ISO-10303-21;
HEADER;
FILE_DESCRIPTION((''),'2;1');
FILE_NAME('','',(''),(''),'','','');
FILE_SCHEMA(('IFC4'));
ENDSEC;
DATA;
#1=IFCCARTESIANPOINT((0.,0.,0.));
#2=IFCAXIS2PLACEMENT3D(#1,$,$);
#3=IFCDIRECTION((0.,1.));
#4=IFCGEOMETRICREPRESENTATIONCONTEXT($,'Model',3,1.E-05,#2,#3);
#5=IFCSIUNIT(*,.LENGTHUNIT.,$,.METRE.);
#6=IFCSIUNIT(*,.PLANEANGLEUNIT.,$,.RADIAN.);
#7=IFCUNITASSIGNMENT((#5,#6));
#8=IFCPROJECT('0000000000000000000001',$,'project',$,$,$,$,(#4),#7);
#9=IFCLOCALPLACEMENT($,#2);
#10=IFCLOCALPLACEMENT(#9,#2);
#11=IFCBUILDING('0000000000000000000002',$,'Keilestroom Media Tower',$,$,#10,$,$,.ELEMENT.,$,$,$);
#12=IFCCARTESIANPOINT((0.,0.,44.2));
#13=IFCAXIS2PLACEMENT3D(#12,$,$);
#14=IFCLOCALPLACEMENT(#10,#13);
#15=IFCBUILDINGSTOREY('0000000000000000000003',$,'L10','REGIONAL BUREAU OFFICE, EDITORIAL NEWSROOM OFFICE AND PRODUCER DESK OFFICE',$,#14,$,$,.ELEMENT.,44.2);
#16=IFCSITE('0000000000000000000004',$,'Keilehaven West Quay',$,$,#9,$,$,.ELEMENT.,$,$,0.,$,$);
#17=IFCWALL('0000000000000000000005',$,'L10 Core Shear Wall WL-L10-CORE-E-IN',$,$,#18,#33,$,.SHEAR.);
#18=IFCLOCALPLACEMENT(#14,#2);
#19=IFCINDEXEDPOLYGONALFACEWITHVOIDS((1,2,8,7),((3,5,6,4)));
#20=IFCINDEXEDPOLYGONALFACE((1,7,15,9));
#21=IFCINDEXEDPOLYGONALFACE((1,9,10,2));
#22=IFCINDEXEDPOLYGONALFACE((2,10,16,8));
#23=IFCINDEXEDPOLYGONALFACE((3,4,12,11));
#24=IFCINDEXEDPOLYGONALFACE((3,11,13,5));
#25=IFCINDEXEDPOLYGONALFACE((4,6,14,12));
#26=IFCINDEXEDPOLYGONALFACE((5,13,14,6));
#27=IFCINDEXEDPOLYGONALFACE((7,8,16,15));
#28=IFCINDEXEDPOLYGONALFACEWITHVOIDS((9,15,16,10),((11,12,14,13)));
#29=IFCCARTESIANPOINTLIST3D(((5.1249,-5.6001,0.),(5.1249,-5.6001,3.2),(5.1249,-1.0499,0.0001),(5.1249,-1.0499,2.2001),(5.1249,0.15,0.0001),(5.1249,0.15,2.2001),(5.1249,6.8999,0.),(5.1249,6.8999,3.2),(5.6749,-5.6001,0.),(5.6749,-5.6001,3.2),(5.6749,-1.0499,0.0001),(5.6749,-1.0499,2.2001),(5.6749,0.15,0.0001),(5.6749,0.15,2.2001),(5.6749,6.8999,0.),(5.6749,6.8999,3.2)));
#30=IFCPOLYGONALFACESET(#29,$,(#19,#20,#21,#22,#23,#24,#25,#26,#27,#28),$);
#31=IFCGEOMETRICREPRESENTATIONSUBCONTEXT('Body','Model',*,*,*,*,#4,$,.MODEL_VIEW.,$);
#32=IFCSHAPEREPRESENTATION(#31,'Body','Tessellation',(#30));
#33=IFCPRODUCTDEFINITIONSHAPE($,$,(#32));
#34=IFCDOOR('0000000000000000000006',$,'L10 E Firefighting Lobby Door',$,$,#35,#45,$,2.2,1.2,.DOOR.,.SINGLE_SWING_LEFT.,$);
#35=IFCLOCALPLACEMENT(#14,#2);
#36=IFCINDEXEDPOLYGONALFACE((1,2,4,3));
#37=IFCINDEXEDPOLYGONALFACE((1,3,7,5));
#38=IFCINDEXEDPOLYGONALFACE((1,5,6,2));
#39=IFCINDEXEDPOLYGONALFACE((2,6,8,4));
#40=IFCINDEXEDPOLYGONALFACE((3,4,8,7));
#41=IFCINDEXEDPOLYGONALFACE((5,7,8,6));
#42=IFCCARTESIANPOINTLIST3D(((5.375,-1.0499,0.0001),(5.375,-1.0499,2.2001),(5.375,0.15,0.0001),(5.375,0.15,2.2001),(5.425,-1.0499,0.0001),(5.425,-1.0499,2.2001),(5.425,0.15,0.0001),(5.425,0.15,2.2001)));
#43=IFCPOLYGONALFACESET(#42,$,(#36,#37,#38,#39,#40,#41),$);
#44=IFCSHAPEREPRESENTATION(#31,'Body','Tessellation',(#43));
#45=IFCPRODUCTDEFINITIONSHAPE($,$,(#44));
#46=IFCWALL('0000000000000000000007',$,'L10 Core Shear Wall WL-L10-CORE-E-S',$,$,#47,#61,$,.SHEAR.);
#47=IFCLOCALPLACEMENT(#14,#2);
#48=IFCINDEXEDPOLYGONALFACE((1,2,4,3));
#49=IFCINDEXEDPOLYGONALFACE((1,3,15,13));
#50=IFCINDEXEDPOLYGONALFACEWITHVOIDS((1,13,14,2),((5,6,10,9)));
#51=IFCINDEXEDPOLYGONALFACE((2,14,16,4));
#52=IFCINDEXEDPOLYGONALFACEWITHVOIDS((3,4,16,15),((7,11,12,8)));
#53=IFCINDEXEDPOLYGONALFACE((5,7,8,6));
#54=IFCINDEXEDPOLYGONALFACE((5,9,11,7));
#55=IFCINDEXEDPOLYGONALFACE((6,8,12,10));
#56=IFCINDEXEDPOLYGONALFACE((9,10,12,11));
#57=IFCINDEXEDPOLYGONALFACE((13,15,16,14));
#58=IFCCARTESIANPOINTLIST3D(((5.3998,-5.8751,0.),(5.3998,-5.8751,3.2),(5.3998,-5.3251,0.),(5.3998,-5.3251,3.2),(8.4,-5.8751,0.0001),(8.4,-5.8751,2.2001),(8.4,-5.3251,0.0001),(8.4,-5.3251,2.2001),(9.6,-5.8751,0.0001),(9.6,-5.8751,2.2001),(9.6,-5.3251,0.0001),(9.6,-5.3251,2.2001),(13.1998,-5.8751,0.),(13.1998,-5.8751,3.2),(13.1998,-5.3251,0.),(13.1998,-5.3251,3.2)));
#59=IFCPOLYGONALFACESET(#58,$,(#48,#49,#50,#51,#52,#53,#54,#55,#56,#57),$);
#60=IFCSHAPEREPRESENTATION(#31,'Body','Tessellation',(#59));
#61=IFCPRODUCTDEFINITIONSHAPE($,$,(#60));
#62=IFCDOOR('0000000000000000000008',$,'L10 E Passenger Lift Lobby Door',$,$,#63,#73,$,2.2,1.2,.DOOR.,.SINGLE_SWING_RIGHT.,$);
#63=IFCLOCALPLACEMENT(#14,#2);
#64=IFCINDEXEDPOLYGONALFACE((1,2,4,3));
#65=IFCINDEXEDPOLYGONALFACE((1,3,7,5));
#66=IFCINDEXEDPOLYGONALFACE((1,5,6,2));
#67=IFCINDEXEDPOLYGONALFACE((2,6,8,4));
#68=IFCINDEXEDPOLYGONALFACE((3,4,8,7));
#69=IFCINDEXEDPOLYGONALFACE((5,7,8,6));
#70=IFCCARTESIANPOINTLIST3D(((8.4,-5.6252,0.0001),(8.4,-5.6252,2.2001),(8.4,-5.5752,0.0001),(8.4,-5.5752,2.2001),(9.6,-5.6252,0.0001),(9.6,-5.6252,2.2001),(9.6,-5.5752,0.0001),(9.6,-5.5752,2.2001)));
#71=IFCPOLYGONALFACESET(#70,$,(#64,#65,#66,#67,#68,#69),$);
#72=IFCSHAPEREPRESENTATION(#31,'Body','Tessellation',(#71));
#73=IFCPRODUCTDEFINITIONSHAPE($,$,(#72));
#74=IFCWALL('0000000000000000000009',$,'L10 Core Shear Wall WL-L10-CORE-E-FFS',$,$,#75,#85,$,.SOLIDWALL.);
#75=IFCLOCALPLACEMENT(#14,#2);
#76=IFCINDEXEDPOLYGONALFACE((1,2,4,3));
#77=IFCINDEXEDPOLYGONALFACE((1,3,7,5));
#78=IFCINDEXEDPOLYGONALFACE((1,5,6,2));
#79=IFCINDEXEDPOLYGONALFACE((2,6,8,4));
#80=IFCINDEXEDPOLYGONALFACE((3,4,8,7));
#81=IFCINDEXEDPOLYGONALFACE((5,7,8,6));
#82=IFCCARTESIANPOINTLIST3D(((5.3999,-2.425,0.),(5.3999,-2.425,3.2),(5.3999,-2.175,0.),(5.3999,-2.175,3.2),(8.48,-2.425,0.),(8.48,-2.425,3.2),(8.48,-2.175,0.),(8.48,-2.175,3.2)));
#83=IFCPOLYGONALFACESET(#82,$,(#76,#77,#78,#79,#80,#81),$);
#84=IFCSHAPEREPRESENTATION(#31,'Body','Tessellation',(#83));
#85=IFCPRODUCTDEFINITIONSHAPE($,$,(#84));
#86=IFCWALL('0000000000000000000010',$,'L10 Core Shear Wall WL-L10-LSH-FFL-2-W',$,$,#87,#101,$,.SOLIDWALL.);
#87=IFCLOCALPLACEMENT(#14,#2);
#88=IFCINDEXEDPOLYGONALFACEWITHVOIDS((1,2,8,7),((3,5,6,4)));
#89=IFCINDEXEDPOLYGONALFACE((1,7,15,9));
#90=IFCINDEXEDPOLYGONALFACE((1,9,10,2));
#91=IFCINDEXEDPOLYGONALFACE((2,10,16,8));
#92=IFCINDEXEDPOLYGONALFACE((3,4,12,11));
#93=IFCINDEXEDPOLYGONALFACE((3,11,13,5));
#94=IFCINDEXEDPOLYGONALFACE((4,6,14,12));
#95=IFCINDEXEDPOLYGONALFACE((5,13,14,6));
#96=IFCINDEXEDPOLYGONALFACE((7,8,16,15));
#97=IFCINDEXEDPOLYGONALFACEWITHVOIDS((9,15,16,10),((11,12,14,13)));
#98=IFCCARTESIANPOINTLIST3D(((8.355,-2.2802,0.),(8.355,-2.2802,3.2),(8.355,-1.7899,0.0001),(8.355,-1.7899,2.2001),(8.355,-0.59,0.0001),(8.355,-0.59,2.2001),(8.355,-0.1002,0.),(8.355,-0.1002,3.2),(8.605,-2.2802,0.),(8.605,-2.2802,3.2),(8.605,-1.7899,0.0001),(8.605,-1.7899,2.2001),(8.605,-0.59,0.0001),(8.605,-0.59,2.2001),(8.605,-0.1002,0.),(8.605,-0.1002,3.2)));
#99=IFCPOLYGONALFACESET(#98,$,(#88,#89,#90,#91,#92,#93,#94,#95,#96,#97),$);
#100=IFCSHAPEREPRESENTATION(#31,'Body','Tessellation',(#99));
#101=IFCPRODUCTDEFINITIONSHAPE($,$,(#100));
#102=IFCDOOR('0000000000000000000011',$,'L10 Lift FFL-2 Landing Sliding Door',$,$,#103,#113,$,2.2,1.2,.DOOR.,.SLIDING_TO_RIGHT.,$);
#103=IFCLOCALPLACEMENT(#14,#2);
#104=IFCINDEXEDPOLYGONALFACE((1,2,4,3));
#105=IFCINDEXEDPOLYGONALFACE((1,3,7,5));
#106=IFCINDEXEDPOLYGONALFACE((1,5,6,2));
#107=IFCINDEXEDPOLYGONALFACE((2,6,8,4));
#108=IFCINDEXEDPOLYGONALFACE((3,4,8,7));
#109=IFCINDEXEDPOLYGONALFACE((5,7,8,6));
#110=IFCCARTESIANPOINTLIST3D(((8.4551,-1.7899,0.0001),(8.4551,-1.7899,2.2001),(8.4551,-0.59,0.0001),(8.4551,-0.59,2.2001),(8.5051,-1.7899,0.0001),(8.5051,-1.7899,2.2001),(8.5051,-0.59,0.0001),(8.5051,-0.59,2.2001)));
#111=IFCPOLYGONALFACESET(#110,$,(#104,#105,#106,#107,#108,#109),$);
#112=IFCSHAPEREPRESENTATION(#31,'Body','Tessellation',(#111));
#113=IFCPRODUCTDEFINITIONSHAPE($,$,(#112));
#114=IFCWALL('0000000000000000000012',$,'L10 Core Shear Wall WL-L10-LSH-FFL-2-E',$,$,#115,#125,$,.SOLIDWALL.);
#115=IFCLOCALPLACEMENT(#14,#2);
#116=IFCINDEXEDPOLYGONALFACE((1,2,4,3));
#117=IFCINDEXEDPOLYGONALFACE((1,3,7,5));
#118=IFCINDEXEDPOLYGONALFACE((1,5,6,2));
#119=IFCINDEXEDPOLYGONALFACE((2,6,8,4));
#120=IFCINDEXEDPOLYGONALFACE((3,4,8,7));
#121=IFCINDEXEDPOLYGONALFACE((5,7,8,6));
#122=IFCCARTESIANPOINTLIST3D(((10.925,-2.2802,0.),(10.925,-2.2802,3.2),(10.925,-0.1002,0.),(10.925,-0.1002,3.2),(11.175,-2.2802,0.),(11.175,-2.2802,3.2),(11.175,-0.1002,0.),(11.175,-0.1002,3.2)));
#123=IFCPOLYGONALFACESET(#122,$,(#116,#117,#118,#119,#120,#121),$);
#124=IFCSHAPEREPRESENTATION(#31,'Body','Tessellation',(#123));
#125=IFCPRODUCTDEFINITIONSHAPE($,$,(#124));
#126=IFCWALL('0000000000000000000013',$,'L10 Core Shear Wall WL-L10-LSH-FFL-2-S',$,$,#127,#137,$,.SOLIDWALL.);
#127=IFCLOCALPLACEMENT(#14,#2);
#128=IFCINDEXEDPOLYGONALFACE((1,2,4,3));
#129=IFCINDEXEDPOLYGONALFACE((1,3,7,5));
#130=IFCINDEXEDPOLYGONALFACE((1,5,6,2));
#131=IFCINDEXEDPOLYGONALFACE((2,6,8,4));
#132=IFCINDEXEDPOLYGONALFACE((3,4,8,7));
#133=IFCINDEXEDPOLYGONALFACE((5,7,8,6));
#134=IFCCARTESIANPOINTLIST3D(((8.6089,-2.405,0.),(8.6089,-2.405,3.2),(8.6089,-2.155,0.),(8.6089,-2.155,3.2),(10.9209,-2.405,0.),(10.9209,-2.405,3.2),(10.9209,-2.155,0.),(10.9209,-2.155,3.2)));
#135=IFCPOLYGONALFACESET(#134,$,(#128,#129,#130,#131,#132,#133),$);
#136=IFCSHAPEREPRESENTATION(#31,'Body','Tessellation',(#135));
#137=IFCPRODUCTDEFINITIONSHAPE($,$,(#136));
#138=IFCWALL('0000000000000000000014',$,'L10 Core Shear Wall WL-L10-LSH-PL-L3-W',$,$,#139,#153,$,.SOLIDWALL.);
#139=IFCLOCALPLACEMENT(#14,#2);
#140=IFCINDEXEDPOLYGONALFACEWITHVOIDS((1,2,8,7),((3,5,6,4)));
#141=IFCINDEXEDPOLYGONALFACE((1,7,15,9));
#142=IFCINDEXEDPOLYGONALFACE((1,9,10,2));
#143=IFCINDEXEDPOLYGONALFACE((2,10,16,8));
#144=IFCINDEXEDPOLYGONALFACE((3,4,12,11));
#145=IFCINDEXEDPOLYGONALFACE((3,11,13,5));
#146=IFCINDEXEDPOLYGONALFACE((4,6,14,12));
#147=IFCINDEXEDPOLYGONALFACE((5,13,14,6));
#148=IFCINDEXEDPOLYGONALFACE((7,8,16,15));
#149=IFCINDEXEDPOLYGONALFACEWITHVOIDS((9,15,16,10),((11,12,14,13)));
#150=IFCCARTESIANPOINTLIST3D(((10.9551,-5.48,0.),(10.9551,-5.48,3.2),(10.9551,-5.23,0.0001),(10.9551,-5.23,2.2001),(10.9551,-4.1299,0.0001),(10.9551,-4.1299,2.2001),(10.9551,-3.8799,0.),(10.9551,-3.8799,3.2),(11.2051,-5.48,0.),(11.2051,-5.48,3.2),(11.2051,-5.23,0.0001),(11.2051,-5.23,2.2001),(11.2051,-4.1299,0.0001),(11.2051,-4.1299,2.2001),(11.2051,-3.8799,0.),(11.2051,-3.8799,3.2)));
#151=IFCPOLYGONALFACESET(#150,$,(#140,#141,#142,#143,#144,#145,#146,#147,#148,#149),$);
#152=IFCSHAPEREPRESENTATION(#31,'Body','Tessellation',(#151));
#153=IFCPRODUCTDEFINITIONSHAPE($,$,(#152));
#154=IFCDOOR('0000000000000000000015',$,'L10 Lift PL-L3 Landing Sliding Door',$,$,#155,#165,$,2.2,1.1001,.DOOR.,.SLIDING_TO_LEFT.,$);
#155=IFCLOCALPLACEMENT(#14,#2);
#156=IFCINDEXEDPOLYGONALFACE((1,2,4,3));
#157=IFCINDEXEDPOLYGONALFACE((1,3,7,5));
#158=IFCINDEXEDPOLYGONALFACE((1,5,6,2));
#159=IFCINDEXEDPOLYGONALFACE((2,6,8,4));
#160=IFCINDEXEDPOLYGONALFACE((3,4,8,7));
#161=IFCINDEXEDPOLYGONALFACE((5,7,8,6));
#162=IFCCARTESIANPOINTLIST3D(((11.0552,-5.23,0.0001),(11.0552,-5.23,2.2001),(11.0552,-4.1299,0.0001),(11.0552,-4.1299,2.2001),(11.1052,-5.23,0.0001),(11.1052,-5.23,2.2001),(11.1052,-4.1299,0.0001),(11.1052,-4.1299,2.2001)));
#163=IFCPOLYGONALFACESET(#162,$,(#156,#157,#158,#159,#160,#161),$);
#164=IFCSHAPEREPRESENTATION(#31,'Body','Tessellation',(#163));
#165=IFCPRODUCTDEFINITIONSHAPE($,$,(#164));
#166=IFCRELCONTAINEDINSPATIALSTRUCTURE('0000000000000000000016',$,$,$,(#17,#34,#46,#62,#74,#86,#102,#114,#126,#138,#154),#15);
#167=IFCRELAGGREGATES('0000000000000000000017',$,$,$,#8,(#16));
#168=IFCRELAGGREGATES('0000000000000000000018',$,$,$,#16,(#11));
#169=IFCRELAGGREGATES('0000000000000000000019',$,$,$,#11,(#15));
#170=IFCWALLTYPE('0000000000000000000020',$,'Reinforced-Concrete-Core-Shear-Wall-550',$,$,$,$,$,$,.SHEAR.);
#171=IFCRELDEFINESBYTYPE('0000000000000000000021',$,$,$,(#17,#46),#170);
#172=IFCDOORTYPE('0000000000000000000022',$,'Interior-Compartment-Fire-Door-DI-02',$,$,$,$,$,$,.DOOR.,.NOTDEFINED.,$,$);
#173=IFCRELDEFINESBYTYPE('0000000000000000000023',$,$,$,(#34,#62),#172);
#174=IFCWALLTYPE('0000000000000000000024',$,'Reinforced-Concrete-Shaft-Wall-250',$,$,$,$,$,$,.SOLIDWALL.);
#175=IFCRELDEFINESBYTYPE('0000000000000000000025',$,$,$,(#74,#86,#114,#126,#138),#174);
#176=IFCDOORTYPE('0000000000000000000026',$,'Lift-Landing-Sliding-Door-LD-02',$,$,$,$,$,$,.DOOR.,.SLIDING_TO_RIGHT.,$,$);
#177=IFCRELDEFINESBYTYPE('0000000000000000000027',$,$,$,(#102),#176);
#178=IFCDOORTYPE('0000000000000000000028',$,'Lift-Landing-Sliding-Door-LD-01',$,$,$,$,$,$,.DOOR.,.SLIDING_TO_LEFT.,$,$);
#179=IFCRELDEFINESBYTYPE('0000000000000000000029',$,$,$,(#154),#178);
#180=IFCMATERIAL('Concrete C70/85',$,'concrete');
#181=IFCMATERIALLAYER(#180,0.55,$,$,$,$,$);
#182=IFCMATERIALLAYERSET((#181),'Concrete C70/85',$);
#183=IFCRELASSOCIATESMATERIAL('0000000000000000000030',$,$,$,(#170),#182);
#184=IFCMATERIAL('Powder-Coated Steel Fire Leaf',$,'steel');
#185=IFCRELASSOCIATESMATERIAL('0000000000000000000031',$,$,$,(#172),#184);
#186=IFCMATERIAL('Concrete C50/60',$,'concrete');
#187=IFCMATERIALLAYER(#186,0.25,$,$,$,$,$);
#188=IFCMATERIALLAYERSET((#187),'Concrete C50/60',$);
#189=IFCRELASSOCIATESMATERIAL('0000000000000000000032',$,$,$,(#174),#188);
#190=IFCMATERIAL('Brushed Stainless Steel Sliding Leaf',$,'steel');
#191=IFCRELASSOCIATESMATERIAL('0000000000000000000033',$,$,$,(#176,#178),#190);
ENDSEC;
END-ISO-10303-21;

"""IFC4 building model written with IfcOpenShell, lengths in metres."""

from ifc_helpers import new_model, si_unit, direction, frame, frame_2d, origin, place, context, subcontext, project, spatial, rectangle, extrude, source, transform, mapped, material, layer, layer_set, type_object, element, fill, save


model = new_model("IFC4")

# Units and contexts
model_context = context("Model", 3, precision=1e-05, world=origin(), true_north=direction((0.0, 1.0)))
body_context = subcontext(model_context, "Body", "Model", "MODEL_VIEW")
ifc_project = project(units=[si_unit("LENGTHUNIT", "METRE"), si_unit("PLANEANGLEUNIT", "RADIAN")], contexts=[model_context])

# Site, building, storey
site_placement = place(None, origin())
site = spatial("IfcSite", under=ifc_project, at=site_placement, Name="Keilehaven West Quay", CompositionType="ELEMENT", RefElevation=0.0)
building_placement = place(site_placement, origin())
building = spatial("IfcBuilding", under=site, at=building_placement, Name="Keilestroom Media Tower", CompositionType="ELEMENT")
storey_placement = place(building_placement, frame((0.0, 0.0, 44.2)))
storey = spatial("IfcBuildingStorey", under=building, at=storey_placement, Name="L10", Description="REGIONAL BUREAU OFFICE, EDITORIAL NEWSROOM OFFICE AND PRODUCER DESK OFFICE", CompositionType="ELEMENT", Elevation=44.2)

# Shared definitions
ifc_material_1 = material(Name="Concrete C70/85", Category="concrete")

# Walls, openings, doors
ifc_layer_1 = layer(ifc_material_1, 0.55)
ifc_layer_set_1 = layer_set([ifc_layer_1], Name="Concrete C70/85")
wall_type_1 = type_object("IfcWallType", Name="Reinforced-Concrete-Core-Shear-Wall-550", PredefinedType="SHEAR", material=ifc_layer_set_1)
wall_1_placement = place(storey_placement, frame((5.3999, -5.6001, 0.0), z_axis=(0.0, 0.0, 1.0), x_axis=(0.0, 1.0, 0.0)))
wall_1 = element("IfcWall", 1, at=wall_1_placement, inside=storey, type_object=wall_type_1, Name="L10 Core Shear Wall WL-L10-CORE-E-IN", PredefinedType="SHEAR", context=body_context, shape_type="SweptSolid", body=[
    extrude(rectangle(XDim=12.5, YDim=0.55, at=frame_2d((6.25, 0.0))), origin(), (0.0, 0.0, 1.0), 3.2),
])
opening_1_placement = place(wall_1_placement, frame((4.55, 0.0, 0.0)))
opening_1 = element("IfcOpeningElement", 2, at=opening_1_placement, cuts=wall_1, PredefinedType="OPENING", context=body_context, shape_type="SweptSolid", body=[
    extrude(rectangle(XDim=1.2, YDim=2.2, at=frame_2d((0.6001, 1.1001))), frame((0.0, 0.2852, 0.0), z_axis=(0.0, -1.0, 0.0), x_axis=(1.0, 0.0, 0.0)), (0.0, 0.0, 1.0), 0.5701),
])
ifc_material_2 = material(Name="Powder-Coated Steel Fire Leaf", Category="steel")
door_type_1 = type_object("IfcDoorType", Name="Interior-Compartment-Fire-Door-DI-02", OperationType="NOTDEFINED", PredefinedType="DOOR", material=ifc_material_2)
shared_shape_1 = source(origin(), body_context, "Body", "SweptSolid", [
    extrude(rectangle(XDim=1.2, YDim=2.2, at=frame_2d((0.6001, 1.1001))), frame((0.0, 0.0249, 0.0), z_axis=(0.0, -1.0, 0.0), x_axis=(1.0, 0.0, 0.0)), (0.0, 0.0, 1.0), 0.05),
])
door_1_placement = place(opening_1_placement, origin())
door_1 = element("IfcDoor", 3, at=door_1_placement, inside=storey, type_object=door_type_1, Name="L10 E Firefighting Lobby Door", OperationType="SINGLE_SWING_LEFT", OverallHeight=2.2, OverallWidth=1.2, PredefinedType="DOOR", context=body_context, shape_type="MappedRepresentation", body=[
    mapped(shared_shape_1, transform((0.0, 0.0, 0.0), x_axis=(1.0, 0.0, 0.0), y_axis=(0.0, 1.0, 0.0), z_axis=(0.0, 0.0, 1.0), scale=1.0)),
])
fill(opening_1, door_1)
wall_2_placement = place(storey_placement, frame((5.3999, -5.6001, 0.0), z_axis=(0.0, 0.0, 1.0), x_axis=(1.0, 0.0, 0.0)))
wall_2 = element("IfcWall", 4, at=wall_2_placement, inside=storey, type_object=wall_type_1, Name="L10 Core Shear Wall WL-L10-CORE-E-S", PredefinedType="SHEAR", context=body_context, shape_type="SweptSolid", body=[
    extrude(rectangle(XDim=7.8, YDim=0.55, at=frame_2d((3.8999, 0.0))), origin(), (0.0, 0.0, 1.0), 3.2),
])
opening_2_placement = place(wall_2_placement, frame((3.0, 0.0, 0.0)))
opening_2 = element("IfcOpeningElement", 5, at=opening_2_placement, cuts=wall_2, PredefinedType="OPENING", context=body_context, shape_type="SweptSolid", body=[
    extrude(rectangle(XDim=1.2, YDim=2.2, at=frame_2d((0.6001, 1.1001))), frame((0.0, 0.2852, 0.0), z_axis=(0.0, -1.0, 0.0), x_axis=(1.0, 0.0, 0.0)), (0.0, 0.0, 1.0), 0.5701),
])
door_2_placement = place(opening_2_placement, origin())
door_2 = element("IfcDoor", 6, at=door_2_placement, inside=storey, type_object=door_type_1, Name="L10 E Passenger Lift Lobby Door", OperationType="SINGLE_SWING_RIGHT", OverallHeight=2.2, OverallWidth=1.2, PredefinedType="DOOR", context=body_context, shape_type="MappedRepresentation", body=[
    mapped(shared_shape_1, transform((0.0, 0.0, 0.0), x_axis=(1.0, 0.0, 0.0), y_axis=(0.0, 1.0, 0.0), z_axis=(0.0, 0.0, 1.0), scale=1.0)),
])
fill(opening_2, door_2)

# Wall
ifc_material_3 = material(Name="Concrete C50/60", Category="concrete")
ifc_layer_2 = layer(ifc_material_3, 0.25)
ifc_layer_set_2 = layer_set([ifc_layer_2], Name="Concrete C50/60")
wall_type_2 = type_object("IfcWallType", Name="Reinforced-Concrete-Shaft-Wall-250", PredefinedType="SOLIDWALL", material=ifc_layer_set_2)
wall_3_placement = place(storey_placement, frame((5.3999, -2.3, 0.0), z_axis=(0.0, 0.0, 1.0), x_axis=(1.0, 0.0, 0.0)))
element("IfcWall", 7, at=wall_3_placement, inside=storey, type_object=wall_type_2, Name="L10 Core Shear Wall WL-L10-CORE-E-FFS", PredefinedType="SOLIDWALL", context=body_context, shape_type="SweptSolid", body=[
    extrude(rectangle(XDim=3.0801, YDim=0.25, at=frame_2d((1.54, 0.0))), origin(), (0.0, 0.0, 1.0), 3.2),
])

# Wall, opening, door
wall_4_placement = place(storey_placement, frame((8.48, -2.28, 0.0), z_axis=(0.0, 0.0, 1.0), x_axis=(0.0, 1.0, 0.0)))
wall_4 = element("IfcWall", 8, at=wall_4_placement, inside=storey, type_object=wall_type_2, Name="L10 Core Shear Wall WL-L10-LSH-FFL-2-W", PredefinedType="SOLIDWALL", context=body_context, shape_type="SweptSolid", body=[
    extrude(rectangle(XDim=2.1799, YDim=0.25, at=frame_2d((1.0898, 0.0))), origin(), (0.0, 0.0, 1.0), 3.2),
])
opening_3_placement = place(wall_4_placement, frame((0.49, 0.0, 0.0)))
opening_3 = element("IfcOpeningElement", 9, at=opening_3_placement, cuts=wall_4, PredefinedType="OPENING", context=body_context, shape_type="SweptSolid", body=[
    extrude(rectangle(XDim=1.2, YDim=2.2, at=frame_2d((0.6001, 1.1001))), frame((0.0, 0.135, 0.0), z_axis=(0.0, -1.0, 0.0), x_axis=(1.0, 0.0, 0.0)), (0.0, 0.0, 1.0), 0.27),
])
ifc_material_4 = material(Name="Brushed Stainless Steel Sliding Leaf", Category="steel")
door_type_2 = type_object("IfcDoorType", Name="Lift-Landing-Sliding-Door-LD-02", OperationType="SLIDING_TO_RIGHT", PredefinedType="DOOR", material=ifc_material_4)
door_3_placement = place(opening_3_placement, origin())
door_3 = element("IfcDoor", 10, at=door_3_placement, inside=storey, type_object=door_type_2, Name="L10 Lift FFL-2 Landing Sliding Door", OperationType="SLIDING_TO_RIGHT", OverallHeight=2.2, OverallWidth=1.2, PredefinedType="DOOR", context=body_context, shape_type="MappedRepresentation", body=[
    mapped(shared_shape_1, transform((0.0, 0.0, 0.0), x_axis=(1.0, 0.0, 0.0), y_axis=(0.0, 1.0, 0.0), z_axis=(0.0, 0.0, 1.0), scale=1.0)),
])
fill(opening_3, door_3)

# Walls
wall_5_placement = place(storey_placement, frame((11.05, -2.28, 0.0), z_axis=(0.0, 0.0, 1.0), x_axis=(0.0, 1.0, 0.0)))
element("IfcWall", 11, at=wall_5_placement, inside=storey, type_object=wall_type_2, Name="L10 Core Shear Wall WL-L10-LSH-FFL-2-E", PredefinedType="SOLIDWALL", context=body_context, shape_type="SweptSolid", body=[
    extrude(rectangle(XDim=2.1799, YDim=0.25, at=frame_2d((1.0898, 0.0))), origin(), (0.0, 0.0, 1.0), 3.2),
])
wall_6_placement = place(storey_placement, frame((8.6089, -2.28, 0.0), z_axis=(0.0, 0.0, 1.0), x_axis=(1.0, 0.0, 0.0)))
element("IfcWall", 12, at=wall_6_placement, inside=storey, type_object=wall_type_2, Name="L10 Core Shear Wall WL-L10-LSH-FFL-2-S", PredefinedType="SOLIDWALL", context=body_context, shape_type="SweptSolid", body=[
    extrude(rectangle(XDim=2.312, YDim=0.25, at=frame_2d((1.156, 0.0))), origin(), (0.0, 0.0, 1.0), 3.2),
])

# Wall, opening, door
wall_7_placement = place(storey_placement, frame((11.0801, -5.48, 0.0), z_axis=(0.0, 0.0, 1.0), x_axis=(0.0, 1.0, 0.0)))
wall_7 = element("IfcWall", 13, at=wall_7_placement, inside=storey, type_object=wall_type_2, Name="L10 Core Shear Wall WL-L10-LSH-PL-L3-W", PredefinedType="SOLIDWALL", context=body_context, shape_type="SweptSolid", body=[
    extrude(rectangle(XDim=1.6001, YDim=0.25, at=frame_2d((0.8, 0.0))), origin(), (0.0, 0.0, 1.0), 3.2),
])
opening_4_placement = place(wall_7_placement, frame((0.25, 0.0, 0.0)))
opening_4 = element("IfcOpeningElement", 14, at=opening_4_placement, cuts=wall_7, PredefinedType="OPENING", context=body_context, shape_type="SweptSolid", body=[
    extrude(rectangle(XDim=1.1001, YDim=2.2, at=frame_2d((0.55, 1.1001))), frame((0.0, 0.135, 0.0), z_axis=(0.0, -1.0, 0.0), x_axis=(1.0, 0.0, 0.0)), (0.0, 0.0, 1.0), 0.27),
])
door_type_3 = type_object("IfcDoorType", Name="Lift-Landing-Sliding-Door-LD-01", OperationType="SLIDING_TO_LEFT", PredefinedType="DOOR", material=ifc_material_4)
shared_shape_2 = source(origin(), body_context, "Body", "SweptSolid", [
    extrude(rectangle(XDim=1.1001, YDim=2.2, at=frame_2d((0.55, 1.1001))), frame((0.0, 0.0249, 0.0), z_axis=(0.0, -1.0, 0.0), x_axis=(1.0, 0.0, 0.0)), (0.0, 0.0, 1.0), 0.05),
])
door_4_placement = place(opening_4_placement, origin())
door_4 = element("IfcDoor", 15, at=door_4_placement, inside=storey, type_object=door_type_3, Name="L10 Lift PL-L3 Landing Sliding Door", OperationType="SLIDING_TO_LEFT", OverallHeight=2.2, OverallWidth=1.1001, PredefinedType="DOOR", context=body_context, shape_type="MappedRepresentation", body=[
    mapped(shared_shape_2, transform((0.0, 0.0, 0.0), x_axis=(1.0, 0.0, 0.0), y_axis=(0.0, 1.0, 0.0), z_axis=(0.0, 0.0, 1.0), scale=1.0)),
])
fill(opening_4, door_4)

save(model, "model.ifc")
